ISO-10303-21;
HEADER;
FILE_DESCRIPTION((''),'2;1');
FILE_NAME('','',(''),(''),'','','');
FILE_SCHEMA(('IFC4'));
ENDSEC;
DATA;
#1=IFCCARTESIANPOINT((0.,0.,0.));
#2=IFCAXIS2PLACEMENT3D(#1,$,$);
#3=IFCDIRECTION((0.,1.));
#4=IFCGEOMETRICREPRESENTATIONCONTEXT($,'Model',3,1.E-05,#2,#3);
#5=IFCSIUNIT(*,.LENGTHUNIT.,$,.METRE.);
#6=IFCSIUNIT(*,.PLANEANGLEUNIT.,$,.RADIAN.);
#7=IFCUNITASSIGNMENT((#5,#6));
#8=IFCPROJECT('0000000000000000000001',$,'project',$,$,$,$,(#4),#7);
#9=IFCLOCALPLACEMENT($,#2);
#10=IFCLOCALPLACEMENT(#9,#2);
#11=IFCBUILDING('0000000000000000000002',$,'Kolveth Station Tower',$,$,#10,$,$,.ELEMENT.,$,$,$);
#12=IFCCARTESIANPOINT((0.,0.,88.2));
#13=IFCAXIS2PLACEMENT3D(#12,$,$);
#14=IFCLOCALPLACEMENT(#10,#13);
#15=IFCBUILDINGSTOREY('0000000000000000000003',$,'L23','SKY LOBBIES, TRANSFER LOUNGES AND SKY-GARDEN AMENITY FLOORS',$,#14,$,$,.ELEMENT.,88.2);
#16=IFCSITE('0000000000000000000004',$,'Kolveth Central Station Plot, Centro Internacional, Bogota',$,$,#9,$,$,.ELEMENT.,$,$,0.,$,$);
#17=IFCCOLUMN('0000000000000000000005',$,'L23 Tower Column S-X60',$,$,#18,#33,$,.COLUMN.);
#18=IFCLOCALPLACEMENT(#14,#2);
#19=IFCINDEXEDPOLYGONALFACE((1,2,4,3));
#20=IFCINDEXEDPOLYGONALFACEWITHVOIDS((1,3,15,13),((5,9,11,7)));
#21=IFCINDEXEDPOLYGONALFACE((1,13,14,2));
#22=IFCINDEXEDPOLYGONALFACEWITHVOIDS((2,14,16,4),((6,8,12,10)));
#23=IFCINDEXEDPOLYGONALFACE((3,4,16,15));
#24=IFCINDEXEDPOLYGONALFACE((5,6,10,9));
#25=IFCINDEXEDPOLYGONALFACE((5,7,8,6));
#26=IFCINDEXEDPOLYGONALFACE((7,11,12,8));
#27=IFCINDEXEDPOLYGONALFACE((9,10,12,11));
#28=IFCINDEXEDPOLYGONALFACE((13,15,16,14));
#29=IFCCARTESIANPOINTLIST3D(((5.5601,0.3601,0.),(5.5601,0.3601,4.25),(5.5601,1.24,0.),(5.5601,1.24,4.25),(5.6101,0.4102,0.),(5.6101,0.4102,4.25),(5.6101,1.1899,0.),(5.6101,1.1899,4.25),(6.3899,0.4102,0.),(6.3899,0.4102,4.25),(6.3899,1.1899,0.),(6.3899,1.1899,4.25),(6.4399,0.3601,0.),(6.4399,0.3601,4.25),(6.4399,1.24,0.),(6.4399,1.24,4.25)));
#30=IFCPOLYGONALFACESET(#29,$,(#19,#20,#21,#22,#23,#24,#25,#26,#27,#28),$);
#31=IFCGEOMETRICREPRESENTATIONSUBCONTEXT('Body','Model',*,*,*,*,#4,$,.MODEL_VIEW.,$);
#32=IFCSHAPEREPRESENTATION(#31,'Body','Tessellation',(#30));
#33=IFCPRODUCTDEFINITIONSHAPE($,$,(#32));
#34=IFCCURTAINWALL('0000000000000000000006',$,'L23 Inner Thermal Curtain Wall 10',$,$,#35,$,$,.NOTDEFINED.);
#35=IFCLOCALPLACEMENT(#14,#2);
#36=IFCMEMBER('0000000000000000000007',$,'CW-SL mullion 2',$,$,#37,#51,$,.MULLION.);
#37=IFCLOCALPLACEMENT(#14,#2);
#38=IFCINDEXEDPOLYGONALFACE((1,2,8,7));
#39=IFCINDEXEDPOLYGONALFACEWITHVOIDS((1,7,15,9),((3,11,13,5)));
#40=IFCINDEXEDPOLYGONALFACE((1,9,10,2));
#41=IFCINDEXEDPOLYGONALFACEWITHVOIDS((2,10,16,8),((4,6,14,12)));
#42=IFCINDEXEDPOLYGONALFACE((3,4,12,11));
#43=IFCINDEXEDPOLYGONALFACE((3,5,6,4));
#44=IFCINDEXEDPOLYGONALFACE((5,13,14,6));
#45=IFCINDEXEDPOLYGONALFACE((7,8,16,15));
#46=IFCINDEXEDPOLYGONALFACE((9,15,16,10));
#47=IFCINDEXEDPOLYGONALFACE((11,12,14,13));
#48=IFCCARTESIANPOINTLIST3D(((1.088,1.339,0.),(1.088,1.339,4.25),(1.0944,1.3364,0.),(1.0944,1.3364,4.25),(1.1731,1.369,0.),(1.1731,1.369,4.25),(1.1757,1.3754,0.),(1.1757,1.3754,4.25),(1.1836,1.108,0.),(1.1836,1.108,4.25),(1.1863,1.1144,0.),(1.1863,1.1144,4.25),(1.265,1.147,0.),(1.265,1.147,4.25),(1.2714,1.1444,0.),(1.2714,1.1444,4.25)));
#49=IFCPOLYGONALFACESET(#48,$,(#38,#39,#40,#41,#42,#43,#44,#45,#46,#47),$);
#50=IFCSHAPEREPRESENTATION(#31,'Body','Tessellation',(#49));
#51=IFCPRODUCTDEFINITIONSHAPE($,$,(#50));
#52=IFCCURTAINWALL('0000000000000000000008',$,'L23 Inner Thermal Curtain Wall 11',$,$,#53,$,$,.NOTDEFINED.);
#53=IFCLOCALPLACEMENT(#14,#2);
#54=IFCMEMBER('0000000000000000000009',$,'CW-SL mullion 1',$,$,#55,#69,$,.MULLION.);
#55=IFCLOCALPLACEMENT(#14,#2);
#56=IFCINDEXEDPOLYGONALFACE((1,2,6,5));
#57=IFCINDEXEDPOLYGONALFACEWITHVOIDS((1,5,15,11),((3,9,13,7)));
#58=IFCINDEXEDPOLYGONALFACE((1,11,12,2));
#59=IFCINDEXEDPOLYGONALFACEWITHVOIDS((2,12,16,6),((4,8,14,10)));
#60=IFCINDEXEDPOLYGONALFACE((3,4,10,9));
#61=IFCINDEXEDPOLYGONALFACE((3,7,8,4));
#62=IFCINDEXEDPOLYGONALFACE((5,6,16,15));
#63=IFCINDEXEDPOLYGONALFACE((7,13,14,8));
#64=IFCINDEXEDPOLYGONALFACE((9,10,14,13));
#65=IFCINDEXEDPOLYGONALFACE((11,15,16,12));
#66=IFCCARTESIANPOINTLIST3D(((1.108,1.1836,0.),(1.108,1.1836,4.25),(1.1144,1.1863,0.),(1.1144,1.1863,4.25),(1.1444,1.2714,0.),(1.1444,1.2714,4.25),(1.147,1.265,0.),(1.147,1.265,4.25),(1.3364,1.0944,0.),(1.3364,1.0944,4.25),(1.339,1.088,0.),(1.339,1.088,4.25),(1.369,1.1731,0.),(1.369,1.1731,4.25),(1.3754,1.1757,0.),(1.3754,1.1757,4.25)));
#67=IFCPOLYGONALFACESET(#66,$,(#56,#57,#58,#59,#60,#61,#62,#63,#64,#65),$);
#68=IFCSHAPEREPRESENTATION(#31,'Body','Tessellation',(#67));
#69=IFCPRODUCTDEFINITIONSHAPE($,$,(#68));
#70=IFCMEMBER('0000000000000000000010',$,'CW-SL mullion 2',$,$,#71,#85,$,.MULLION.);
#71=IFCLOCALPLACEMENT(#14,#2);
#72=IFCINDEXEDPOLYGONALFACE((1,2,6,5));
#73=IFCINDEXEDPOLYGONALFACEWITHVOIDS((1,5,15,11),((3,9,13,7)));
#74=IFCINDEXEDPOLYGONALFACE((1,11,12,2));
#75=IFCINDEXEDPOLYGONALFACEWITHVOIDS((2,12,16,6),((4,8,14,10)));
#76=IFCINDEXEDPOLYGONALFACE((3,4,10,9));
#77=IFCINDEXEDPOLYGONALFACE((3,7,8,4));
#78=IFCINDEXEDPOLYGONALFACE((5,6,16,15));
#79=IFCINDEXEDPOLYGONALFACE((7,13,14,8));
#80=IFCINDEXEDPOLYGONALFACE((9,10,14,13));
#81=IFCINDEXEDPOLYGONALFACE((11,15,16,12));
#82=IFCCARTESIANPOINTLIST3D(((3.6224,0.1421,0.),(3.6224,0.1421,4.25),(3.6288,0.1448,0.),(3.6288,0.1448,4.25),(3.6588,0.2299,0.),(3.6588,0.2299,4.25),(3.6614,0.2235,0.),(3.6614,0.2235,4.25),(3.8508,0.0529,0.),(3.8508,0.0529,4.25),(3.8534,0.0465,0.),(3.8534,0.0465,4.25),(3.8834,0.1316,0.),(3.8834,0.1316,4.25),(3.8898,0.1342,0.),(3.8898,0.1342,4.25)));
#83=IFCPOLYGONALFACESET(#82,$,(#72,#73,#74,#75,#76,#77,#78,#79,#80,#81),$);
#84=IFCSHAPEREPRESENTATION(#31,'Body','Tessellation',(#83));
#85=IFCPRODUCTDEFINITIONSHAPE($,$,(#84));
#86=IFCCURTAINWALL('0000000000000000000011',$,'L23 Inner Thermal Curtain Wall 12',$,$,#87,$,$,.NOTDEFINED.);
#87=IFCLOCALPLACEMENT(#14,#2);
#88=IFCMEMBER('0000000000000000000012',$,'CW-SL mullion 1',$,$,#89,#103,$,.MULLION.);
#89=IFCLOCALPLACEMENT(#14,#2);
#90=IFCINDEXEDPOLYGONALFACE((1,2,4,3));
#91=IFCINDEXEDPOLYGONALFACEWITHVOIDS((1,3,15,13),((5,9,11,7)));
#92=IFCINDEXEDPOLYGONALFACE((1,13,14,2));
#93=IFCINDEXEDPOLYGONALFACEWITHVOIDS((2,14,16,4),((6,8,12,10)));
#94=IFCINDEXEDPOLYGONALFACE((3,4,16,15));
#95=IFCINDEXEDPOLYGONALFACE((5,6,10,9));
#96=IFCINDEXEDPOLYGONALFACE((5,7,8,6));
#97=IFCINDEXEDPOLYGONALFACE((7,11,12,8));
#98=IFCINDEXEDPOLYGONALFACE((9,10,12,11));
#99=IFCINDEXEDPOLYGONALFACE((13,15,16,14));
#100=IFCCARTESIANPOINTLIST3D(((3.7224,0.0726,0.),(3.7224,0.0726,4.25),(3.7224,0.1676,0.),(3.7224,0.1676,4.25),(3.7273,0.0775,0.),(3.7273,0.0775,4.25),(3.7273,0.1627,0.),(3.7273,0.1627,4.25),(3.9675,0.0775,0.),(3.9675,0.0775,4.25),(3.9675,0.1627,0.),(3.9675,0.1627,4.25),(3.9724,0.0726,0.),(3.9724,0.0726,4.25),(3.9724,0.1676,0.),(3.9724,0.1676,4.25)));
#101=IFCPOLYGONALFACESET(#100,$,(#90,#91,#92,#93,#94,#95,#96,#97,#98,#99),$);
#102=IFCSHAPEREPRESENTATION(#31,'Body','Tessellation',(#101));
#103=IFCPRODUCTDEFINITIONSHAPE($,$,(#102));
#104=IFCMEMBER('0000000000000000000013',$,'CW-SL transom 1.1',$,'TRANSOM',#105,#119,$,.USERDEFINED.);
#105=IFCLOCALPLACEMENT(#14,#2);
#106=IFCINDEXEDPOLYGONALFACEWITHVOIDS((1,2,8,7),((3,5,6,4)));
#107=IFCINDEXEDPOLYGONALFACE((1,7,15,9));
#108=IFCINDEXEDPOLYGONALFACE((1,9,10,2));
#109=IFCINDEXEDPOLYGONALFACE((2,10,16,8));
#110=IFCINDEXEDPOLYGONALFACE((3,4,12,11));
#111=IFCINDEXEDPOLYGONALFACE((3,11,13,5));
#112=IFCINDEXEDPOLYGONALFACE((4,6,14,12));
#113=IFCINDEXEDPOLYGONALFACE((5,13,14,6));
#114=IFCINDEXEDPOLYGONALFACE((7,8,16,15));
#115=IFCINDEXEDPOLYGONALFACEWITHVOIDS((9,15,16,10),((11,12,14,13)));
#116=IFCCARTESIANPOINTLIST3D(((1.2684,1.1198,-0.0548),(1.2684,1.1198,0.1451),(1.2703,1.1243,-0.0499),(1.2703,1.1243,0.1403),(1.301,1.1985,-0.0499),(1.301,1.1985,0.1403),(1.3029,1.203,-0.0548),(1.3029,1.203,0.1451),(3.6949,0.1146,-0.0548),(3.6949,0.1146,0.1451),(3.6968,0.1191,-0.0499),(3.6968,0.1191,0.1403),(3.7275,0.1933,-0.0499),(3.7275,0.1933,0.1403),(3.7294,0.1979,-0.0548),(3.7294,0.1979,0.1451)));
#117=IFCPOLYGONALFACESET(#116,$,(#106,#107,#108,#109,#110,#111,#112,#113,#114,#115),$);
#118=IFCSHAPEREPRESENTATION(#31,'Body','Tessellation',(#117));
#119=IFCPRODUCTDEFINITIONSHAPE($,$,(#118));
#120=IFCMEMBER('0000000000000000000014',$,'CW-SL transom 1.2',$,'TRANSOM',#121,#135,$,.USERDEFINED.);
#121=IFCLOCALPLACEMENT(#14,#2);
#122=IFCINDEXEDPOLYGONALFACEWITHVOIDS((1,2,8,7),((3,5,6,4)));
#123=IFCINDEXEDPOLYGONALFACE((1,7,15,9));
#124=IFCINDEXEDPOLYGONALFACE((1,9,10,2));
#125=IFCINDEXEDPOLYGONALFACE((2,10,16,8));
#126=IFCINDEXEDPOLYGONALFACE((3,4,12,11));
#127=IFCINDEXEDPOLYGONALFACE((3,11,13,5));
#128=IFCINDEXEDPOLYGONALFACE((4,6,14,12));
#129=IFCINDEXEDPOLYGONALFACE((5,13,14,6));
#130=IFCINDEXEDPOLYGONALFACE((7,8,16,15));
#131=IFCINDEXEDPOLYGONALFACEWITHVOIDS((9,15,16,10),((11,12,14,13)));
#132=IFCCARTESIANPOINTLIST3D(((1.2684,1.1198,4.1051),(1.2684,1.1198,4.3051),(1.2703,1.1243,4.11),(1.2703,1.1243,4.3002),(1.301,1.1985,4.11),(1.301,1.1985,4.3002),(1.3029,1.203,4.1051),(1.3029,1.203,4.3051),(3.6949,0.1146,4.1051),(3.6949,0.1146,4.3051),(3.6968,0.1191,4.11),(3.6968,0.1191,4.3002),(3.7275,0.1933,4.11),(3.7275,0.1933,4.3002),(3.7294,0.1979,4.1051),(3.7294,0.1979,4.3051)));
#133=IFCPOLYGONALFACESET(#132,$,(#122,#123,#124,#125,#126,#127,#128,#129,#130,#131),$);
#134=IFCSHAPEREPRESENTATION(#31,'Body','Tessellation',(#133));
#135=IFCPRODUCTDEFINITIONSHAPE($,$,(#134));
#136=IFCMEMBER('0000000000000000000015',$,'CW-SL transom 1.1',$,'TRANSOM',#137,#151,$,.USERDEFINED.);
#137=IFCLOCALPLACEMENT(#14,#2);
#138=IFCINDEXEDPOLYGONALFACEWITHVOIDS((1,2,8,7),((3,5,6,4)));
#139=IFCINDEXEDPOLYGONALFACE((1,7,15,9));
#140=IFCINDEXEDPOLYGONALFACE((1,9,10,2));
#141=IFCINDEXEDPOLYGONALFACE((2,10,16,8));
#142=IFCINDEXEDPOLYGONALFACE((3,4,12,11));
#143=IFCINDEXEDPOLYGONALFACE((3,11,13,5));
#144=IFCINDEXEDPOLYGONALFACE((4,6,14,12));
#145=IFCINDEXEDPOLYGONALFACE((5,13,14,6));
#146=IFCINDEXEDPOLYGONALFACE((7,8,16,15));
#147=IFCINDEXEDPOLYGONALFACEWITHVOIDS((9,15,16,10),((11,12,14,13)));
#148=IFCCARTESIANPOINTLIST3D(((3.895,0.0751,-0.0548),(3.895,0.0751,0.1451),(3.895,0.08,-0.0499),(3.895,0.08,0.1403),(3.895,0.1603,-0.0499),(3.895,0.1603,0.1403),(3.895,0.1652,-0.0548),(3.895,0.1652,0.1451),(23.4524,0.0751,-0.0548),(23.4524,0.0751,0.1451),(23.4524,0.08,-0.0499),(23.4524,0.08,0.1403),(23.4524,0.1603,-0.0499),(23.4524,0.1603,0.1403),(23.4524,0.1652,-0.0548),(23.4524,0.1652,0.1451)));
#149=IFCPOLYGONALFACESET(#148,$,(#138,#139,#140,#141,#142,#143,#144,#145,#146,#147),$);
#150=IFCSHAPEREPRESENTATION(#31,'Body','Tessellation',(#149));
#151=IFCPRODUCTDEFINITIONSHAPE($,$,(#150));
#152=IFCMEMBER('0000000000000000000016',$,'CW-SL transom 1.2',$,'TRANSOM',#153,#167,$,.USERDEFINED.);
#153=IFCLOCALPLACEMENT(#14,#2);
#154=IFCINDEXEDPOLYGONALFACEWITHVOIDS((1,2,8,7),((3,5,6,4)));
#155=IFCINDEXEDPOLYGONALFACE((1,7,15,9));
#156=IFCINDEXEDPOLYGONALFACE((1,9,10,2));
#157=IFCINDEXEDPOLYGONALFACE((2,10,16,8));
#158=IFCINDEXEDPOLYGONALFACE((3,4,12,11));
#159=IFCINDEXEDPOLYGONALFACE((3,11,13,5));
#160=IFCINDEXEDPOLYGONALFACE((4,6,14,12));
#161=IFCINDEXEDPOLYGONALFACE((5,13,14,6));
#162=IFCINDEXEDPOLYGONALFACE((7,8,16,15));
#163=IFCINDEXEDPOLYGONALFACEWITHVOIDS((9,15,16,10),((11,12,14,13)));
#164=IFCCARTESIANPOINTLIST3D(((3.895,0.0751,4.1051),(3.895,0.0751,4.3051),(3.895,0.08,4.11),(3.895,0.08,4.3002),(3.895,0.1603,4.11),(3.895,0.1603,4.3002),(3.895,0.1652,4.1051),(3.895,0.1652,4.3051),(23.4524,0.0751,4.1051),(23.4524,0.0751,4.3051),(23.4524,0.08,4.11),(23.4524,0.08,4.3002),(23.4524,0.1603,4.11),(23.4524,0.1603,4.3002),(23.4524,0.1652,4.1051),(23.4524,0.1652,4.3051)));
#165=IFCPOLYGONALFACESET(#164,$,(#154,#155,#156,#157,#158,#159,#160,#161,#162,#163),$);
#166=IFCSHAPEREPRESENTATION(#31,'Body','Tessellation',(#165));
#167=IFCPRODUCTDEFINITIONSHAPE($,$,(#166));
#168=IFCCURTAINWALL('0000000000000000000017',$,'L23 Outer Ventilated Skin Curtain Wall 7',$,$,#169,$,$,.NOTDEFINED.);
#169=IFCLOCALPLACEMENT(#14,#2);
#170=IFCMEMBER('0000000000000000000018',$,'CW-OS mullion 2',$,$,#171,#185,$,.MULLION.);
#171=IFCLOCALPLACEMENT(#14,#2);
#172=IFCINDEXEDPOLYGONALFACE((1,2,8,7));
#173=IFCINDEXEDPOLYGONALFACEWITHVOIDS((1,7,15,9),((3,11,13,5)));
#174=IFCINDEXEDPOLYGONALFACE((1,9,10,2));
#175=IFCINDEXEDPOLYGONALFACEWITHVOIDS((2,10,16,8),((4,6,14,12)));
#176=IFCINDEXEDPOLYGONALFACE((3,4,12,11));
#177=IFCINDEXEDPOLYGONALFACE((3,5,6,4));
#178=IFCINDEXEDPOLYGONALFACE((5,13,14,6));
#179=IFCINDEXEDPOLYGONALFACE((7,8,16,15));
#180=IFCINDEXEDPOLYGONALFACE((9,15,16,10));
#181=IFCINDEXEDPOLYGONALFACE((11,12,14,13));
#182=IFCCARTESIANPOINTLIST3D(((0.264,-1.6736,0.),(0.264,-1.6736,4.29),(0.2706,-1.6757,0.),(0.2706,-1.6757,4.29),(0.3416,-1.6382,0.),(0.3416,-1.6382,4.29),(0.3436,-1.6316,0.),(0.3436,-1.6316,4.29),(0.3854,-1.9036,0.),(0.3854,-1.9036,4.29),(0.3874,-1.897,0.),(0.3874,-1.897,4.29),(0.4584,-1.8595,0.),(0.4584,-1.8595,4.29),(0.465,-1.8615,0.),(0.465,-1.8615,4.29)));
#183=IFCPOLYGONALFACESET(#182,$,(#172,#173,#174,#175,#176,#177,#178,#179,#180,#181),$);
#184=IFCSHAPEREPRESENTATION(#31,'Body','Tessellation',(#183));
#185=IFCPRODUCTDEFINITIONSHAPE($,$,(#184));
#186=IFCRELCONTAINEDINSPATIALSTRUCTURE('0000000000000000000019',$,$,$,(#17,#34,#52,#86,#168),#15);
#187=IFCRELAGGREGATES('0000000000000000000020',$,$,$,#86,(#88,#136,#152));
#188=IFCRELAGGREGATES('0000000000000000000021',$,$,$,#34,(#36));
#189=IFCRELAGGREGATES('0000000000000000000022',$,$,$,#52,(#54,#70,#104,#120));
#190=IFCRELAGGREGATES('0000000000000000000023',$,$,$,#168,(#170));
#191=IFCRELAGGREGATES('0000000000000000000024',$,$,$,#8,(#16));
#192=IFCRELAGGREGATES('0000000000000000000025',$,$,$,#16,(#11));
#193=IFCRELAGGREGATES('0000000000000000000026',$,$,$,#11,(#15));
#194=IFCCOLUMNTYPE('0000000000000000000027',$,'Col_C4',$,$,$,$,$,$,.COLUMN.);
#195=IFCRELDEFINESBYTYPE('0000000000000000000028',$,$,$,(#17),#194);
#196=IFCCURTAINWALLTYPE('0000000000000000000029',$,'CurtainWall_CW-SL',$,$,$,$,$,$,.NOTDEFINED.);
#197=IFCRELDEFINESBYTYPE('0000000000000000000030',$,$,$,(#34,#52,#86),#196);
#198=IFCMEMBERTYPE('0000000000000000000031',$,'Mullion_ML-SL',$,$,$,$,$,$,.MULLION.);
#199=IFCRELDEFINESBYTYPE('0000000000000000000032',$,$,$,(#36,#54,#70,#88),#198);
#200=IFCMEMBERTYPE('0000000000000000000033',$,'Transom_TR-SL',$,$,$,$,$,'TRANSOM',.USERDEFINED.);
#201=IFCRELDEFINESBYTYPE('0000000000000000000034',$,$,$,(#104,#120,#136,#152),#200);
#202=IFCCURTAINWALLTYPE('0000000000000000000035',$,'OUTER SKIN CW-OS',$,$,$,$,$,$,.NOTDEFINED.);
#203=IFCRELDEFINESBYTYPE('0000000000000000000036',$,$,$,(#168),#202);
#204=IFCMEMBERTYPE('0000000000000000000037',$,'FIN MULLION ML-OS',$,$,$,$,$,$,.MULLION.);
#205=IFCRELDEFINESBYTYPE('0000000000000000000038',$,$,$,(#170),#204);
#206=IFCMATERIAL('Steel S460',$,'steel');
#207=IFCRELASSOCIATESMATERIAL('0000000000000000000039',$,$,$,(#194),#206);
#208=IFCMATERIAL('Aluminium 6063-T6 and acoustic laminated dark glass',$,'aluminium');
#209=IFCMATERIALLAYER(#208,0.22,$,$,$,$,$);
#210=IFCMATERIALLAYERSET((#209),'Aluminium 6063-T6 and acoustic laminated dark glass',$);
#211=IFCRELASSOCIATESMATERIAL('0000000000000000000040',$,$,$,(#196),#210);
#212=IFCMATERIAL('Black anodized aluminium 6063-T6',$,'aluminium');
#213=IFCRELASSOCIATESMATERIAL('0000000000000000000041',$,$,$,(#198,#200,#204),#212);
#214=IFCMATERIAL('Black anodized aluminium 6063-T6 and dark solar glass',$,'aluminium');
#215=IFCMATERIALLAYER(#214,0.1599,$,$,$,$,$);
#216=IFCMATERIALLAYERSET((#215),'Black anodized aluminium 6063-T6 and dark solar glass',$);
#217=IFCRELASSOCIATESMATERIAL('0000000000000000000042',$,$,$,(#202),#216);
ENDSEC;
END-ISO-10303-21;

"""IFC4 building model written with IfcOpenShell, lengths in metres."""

from ifc_helpers import new_model, si_unit, direction, frame, origin, origin_2d, place, context, subcontext, project, spatial, hollow_rectangle, extrude, source, transform, mapped, material, layer, layer_set, material_profile, profile_set, type_object, element, aggregate, save


model = new_model("IFC4")

# Units and contexts
model_context = context("Model", 3, precision=1e-05, world=origin(), true_north=direction((0.0, 1.0)))
body_context = subcontext(model_context, "Body", "Model", "MODEL_VIEW")
ifc_project = project(units=[si_unit("LENGTHUNIT", "METRE"), si_unit("PLANEANGLEUNIT", "RADIAN")], contexts=[model_context])

# Site, building, storey
site_placement = place(None, origin())
site = spatial("IfcSite", under=ifc_project, at=site_placement, Name="Kolveth Central Station Plot, Centro Internacional, Bogota", CompositionType="ELEMENT", RefElevation=0.0)
building_placement = place(site_placement, origin())
building = spatial("IfcBuilding", under=site, at=building_placement, Name="Kolveth Station Tower", CompositionType="ELEMENT")
storey_placement = place(building_placement, frame((0.0, 0.0, 88.2)))
storey = spatial("IfcBuildingStorey", under=building, at=storey_placement, Name="L23", Description="SKY LOBBIES, TRANSFER LOUNGES AND SKY-GARDEN AMENITY FLOORS", CompositionType="ELEMENT", Elevation=88.2)

# Column
ifc_material_1 = material(Name="Steel S460", Category="steel")
ifc_material_profile_1 = material_profile(ifc_material_1, hollow_rectangle(XDim=0.8799, YDim=0.8799, WallThickness=0.05, at=origin_2d()), Name="BOX880x880x50")
ifc_profile_set_1 = profile_set([ifc_material_profile_1], Name="Steel S460")
column_type = type_object("IfcColumnType", Name="Col_C4", PredefinedType="COLUMN", material=ifc_profile_set_1)
shared_shape_1 = source(origin(), body_context, "Body", "SweptSolid", [
    extrude(hollow_rectangle(XDim=0.8799, YDim=0.8799, WallThickness=0.05, at=origin_2d()), origin(), (0.0, 0.0, 1.0), 4.25),
])
column_placement = place(storey_placement, frame((6.0, 0.8, 0.0), z_axis=(0.0, 0.0, 1.0), x_axis=(1.0, 0.0, 0.0)))
element("IfcColumn", 1, at=column_placement, inside=storey, type_object=column_type, Name="L23 Tower Column S-X60", PredefinedType="COLUMN", context=body_context, shape_type="MappedRepresentation", body=[
    mapped(shared_shape_1, transform((0.0, 0.0, 0.0), x_axis=(1.0, 0.0, 0.0), y_axis=(0.0, 1.0, 0.0), z_axis=(0.0, 0.0, 1.0), scale=1.0)),
])

# Curtain wall, member
ifc_material_2 = material(Name="Aluminium 6063-T6 and acoustic laminated dark glass", Category="aluminium")
ifc_layer_1 = layer(ifc_material_2, 0.22)
ifc_layer_set_1 = layer_set([ifc_layer_1], Name="Aluminium 6063-T6 and acoustic laminated dark glass")
curtain_wall_type_1 = type_object("IfcCurtainWallType", Name="CurtainWall_CW-SL", PredefinedType="NOTDEFINED", material=ifc_layer_set_1)
curtain_wall_1_placement = place(storey_placement, origin())
curtain_wall_1 = element("IfcCurtainWall", 2, at=curtain_wall_1_placement, inside=storey, type_object=curtain_wall_type_1, Name="L23 Inner Thermal Curtain Wall 10", PredefinedType="NOTDEFINED")
ifc_material_3 = material(Name="Black anodized aluminium 6063-T6", Category="aluminium")
ifc_material_profile_2 = material_profile(ifc_material_3, hollow_rectangle(XDim=0.095, YDim=0.25, WallThickness=0.0049, at=origin_2d()), Name="ALU-95x250x5")
ifc_profile_set_2 = profile_set([ifc_material_profile_2], Name="Black anodized aluminium 6063-T6")
member_type_1 = type_object("IfcMemberType", Name="Mullion_ML-SL", PredefinedType="MULLION", material=ifc_profile_set_2)
shared_shape_2 = source(origin(), body_context, "Body", "SweptSolid", [
    extrude(hollow_rectangle(XDim=0.095, YDim=0.25, WallThickness=0.0049, at=origin_2d()), origin(), (0.0, 0.0, 1.0), 4.25),
])
member_1_placement = place(storey_placement, frame((1.1797, 1.2417, 0.0), z_axis=(0.0, 0.0, 1.0), x_axis=(0.923888, 0.382663, 0.0)))
member_1 = element("IfcMember", 3, at=member_1_placement, type_object=member_type_1, Name="CW-SL mullion 2", PredefinedType="MULLION", context=body_context, shape_type="MappedRepresentation", body=[
    mapped(shared_shape_2, transform((0.0, 0.0, 0.0), x_axis=(1.0, 0.0, 0.0), y_axis=(0.0, 1.0, 0.0), z_axis=(0.0, 0.0, 1.0), scale=1.0)),
])

# Curtain wall, members
curtain_wall_2_placement = place(storey_placement, origin())
curtain_wall_2 = element("IfcCurtainWall", 4, at=curtain_wall_2_placement, inside=storey, type_object=curtain_wall_type_1, Name="L23 Inner Thermal Curtain Wall 11", PredefinedType="NOTDEFINED")
member_2_placement = place(storey_placement, frame((1.2417, 1.1797, 0.0), z_axis=(0.0, 0.0, 1.0), x_axis=(0.382663, 0.923888, 0.0)))
member_2 = element("IfcMember", 5, at=member_2_placement, type_object=member_type_1, Name="CW-SL mullion 1", PredefinedType="MULLION", context=body_context, shape_type="MappedRepresentation", body=[
    mapped(shared_shape_2, transform((0.0, 0.0, 0.0), x_axis=(1.0, 0.0, 0.0), y_axis=(0.0, 1.0, 0.0), z_axis=(0.0, 0.0, 1.0), scale=1.0)),
])
member_3_placement = place(storey_placement, frame((3.7561, 0.1382, 0.0), z_axis=(0.0, 0.0, 1.0), x_axis=(0.382663, 0.923888, 0.0)))
member_3 = element("IfcMember", 6, at=member_3_placement, type_object=member_type_1, Name="CW-SL mullion 2", PredefinedType="MULLION", context=body_context, shape_type="MappedRepresentation", body=[
    mapped(shared_shape_2, transform((0.0, 0.0, 0.0), x_axis=(1.0, 0.0, 0.0), y_axis=(0.0, 1.0, 0.0), z_axis=(0.0, 0.0, 1.0), scale=1.0)),
])

# Curtain wall, member
curtain_wall_3_placement = place(storey_placement, origin())
curtain_wall_3 = element("IfcCurtainWall", 7, at=curtain_wall_3_placement, inside=storey, type_object=curtain_wall_type_1, Name="L23 Inner Thermal Curtain Wall 12", PredefinedType="NOTDEFINED")
member_4_placement = place(storey_placement, frame((3.8474, 0.1201, 0.0), z_axis=(0.0, 0.0, 1.0), x_axis=(0.0, 1.0, 0.0)))
member_4 = element("IfcMember", 8, at=member_4_placement, type_object=member_type_1, Name="CW-SL mullion 1", PredefinedType="MULLION", context=body_context, shape_type="MappedRepresentation", body=[
    mapped(shared_shape_2, transform((0.0, 0.0, 0.0), x_axis=(1.0, 0.0, 0.0), y_axis=(0.0, 1.0, 0.0), z_axis=(0.0, 0.0, 1.0), scale=1.0)),
])

# Members
ifc_material_profile_3 = material_profile(ifc_material_3, hollow_rectangle(XDim=0.0901, YDim=0.2, WallThickness=0.0049, at=origin_2d()), Name="ALU-90x200x5")
ifc_profile_set_3 = profile_set([ifc_material_profile_3], Name="Black anodized aluminium 6063-T6")
member_type_2 = type_object("IfcMemberType", Name="Transom_TR-SL", ElementType="TRANSOM", PredefinedType="USERDEFINED", material=ifc_profile_set_3)
shared_shape_3 = source(origin(), body_context, "Body", "SweptSolid", [
    extrude(hollow_rectangle(XDim=0.0901, YDim=0.2, WallThickness=0.0049, at=origin_2d()), origin(), (0.0, 0.0, 1.0), 2.6265),
])
member_5_placement = place(storey_placement, frame((1.2856, 1.1614, 0.0452), z_axis=(0.923875, -0.382694, 0.0), x_axis=(0.382694, 0.923875, 0.0)))
member_5 = element("IfcMember", 9, at=member_5_placement, type_object=member_type_2, Name="CW-SL transom 1.1", ObjectType="TRANSOM", PredefinedType="USERDEFINED", context=body_context, shape_type="MappedRepresentation", body=[
    mapped(shared_shape_3, transform((0.0, 0.0, 0.0), x_axis=(1.0, 0.0, 0.0), y_axis=(0.0, 1.0, 0.0), z_axis=(0.0, 0.0, 1.0), scale=1.0)),
])
member_6_placement = place(storey_placement, frame((1.2856, 1.1614, 4.2051), z_axis=(0.923875, -0.382694, 0.0), x_axis=(0.382694, 0.923875, 0.0)))
member_6 = element("IfcMember", 10, at=member_6_placement, type_object=member_type_2, Name="CW-SL transom 1.2", ObjectType="TRANSOM", PredefinedType="USERDEFINED", context=body_context, shape_type="MappedRepresentation", body=[
    mapped(shared_shape_3, transform((0.0, 0.0, 0.0), x_axis=(1.0, 0.0, 0.0), y_axis=(0.0, 1.0, 0.0), z_axis=(0.0, 0.0, 1.0), scale=1.0)),
])
shared_shape_4 = source(origin(), body_context, "Body", "SweptSolid", [
    extrude(hollow_rectangle(XDim=0.0901, YDim=0.2, WallThickness=0.0049, at=origin_2d()), origin(), (0.0, 0.0, 1.0), 19.5574),
])
member_7_placement = place(storey_placement, frame((3.895, 0.1201, 0.0452), z_axis=(1.0, 0.0, 0.0), x_axis=(0.0, 1.0, 0.0)))
member_7 = element("IfcMember", 11, at=member_7_placement, type_object=member_type_2, Name="CW-SL transom 1.1", ObjectType="TRANSOM", PredefinedType="USERDEFINED", context=body_context, shape_type="MappedRepresentation", body=[
    mapped(shared_shape_4, transform((0.0, 0.0, 0.0), x_axis=(1.0, 0.0, 0.0), y_axis=(0.0, 1.0, 0.0), z_axis=(0.0, 0.0, 1.0), scale=1.0)),
])
member_8_placement = place(storey_placement, frame((3.895, 0.1201, 4.2051), z_axis=(1.0, 0.0, 0.0), x_axis=(0.0, 1.0, 0.0)))
member_8 = element("IfcMember", 12, at=member_8_placement, type_object=member_type_2, Name="CW-SL transom 1.2", ObjectType="TRANSOM", PredefinedType="USERDEFINED", context=body_context, shape_type="MappedRepresentation", body=[
    mapped(shared_shape_4, transform((0.0, 0.0, 0.0), x_axis=(1.0, 0.0, 0.0), y_axis=(0.0, 1.0, 0.0), z_axis=(0.0, 0.0, 1.0), scale=1.0)),
])
aggregate(curtain_wall_3, [member_4, member_7, member_8])

# Curtain wall, member
ifc_material_4 = material(Name="Black anodized aluminium 6063-T6 and dark solar glass", Category="aluminium")
ifc_layer_2 = layer(ifc_material_4, 0.1599)
ifc_layer_set_2 = layer_set([ifc_layer_2], Name="Black anodized aluminium 6063-T6 and dark solar glass")
curtain_wall_type_2 = type_object("IfcCurtainWallType", Name="OUTER SKIN CW-OS", PredefinedType="NOTDEFINED", material=ifc_layer_set_2)
curtain_wall_4_placement = place(storey_placement, origin())
curtain_wall_4 = element("IfcCurtainWall", 13, at=curtain_wall_4_placement, inside=storey, type_object=curtain_wall_type_2, Name="L23 Outer Ventilated Skin Curtain Wall 7", PredefinedType="NOTDEFINED")
ifc_material_profile_4 = material_profile(ifc_material_3, hollow_rectangle(XDim=0.0901, YDim=0.26, WallThickness=0.0049, at=origin_2d()), Name="ALU-90x260x5")
ifc_profile_set_4 = profile_set([ifc_material_profile_4], Name="Black anodized aluminium 6063-T6")
member_type_3 = type_object("IfcMemberType", Name="FIN MULLION ML-OS", PredefinedType="MULLION", material=ifc_profile_set_4)
shared_shape_5 = source(origin(), body_context, "Body", "SweptSolid", [
    extrude(hollow_rectangle(XDim=0.0901, YDim=0.26, WallThickness=0.0049, at=origin_2d()), origin(), (0.0, 0.0, 1.0), 4.29),
])
member_9_placement = place(storey_placement, frame((0.3645, -1.7676, 0.0), z_axis=(0.0, 0.0, 1.0), x_axis=(0.88433, 0.466862, 0.0)))
member_9 = element("IfcMember", 14, at=member_9_placement, type_object=member_type_3, Name="CW-OS mullion 2", PredefinedType="MULLION", context=body_context, shape_type="MappedRepresentation", body=[
    mapped(shared_shape_5, transform((0.0, 0.0, 0.0), x_axis=(1.0, 0.0, 0.0), y_axis=(0.0, 1.0, 0.0), z_axis=(0.0, 0.0, 1.0), scale=1.0)),
])

aggregate(curtain_wall_1, [member_1])
aggregate(curtain_wall_2, [member_2, member_3, member_5, member_6])
aggregate(curtain_wall_4, [member_9])

save(model, "model.ifc")
